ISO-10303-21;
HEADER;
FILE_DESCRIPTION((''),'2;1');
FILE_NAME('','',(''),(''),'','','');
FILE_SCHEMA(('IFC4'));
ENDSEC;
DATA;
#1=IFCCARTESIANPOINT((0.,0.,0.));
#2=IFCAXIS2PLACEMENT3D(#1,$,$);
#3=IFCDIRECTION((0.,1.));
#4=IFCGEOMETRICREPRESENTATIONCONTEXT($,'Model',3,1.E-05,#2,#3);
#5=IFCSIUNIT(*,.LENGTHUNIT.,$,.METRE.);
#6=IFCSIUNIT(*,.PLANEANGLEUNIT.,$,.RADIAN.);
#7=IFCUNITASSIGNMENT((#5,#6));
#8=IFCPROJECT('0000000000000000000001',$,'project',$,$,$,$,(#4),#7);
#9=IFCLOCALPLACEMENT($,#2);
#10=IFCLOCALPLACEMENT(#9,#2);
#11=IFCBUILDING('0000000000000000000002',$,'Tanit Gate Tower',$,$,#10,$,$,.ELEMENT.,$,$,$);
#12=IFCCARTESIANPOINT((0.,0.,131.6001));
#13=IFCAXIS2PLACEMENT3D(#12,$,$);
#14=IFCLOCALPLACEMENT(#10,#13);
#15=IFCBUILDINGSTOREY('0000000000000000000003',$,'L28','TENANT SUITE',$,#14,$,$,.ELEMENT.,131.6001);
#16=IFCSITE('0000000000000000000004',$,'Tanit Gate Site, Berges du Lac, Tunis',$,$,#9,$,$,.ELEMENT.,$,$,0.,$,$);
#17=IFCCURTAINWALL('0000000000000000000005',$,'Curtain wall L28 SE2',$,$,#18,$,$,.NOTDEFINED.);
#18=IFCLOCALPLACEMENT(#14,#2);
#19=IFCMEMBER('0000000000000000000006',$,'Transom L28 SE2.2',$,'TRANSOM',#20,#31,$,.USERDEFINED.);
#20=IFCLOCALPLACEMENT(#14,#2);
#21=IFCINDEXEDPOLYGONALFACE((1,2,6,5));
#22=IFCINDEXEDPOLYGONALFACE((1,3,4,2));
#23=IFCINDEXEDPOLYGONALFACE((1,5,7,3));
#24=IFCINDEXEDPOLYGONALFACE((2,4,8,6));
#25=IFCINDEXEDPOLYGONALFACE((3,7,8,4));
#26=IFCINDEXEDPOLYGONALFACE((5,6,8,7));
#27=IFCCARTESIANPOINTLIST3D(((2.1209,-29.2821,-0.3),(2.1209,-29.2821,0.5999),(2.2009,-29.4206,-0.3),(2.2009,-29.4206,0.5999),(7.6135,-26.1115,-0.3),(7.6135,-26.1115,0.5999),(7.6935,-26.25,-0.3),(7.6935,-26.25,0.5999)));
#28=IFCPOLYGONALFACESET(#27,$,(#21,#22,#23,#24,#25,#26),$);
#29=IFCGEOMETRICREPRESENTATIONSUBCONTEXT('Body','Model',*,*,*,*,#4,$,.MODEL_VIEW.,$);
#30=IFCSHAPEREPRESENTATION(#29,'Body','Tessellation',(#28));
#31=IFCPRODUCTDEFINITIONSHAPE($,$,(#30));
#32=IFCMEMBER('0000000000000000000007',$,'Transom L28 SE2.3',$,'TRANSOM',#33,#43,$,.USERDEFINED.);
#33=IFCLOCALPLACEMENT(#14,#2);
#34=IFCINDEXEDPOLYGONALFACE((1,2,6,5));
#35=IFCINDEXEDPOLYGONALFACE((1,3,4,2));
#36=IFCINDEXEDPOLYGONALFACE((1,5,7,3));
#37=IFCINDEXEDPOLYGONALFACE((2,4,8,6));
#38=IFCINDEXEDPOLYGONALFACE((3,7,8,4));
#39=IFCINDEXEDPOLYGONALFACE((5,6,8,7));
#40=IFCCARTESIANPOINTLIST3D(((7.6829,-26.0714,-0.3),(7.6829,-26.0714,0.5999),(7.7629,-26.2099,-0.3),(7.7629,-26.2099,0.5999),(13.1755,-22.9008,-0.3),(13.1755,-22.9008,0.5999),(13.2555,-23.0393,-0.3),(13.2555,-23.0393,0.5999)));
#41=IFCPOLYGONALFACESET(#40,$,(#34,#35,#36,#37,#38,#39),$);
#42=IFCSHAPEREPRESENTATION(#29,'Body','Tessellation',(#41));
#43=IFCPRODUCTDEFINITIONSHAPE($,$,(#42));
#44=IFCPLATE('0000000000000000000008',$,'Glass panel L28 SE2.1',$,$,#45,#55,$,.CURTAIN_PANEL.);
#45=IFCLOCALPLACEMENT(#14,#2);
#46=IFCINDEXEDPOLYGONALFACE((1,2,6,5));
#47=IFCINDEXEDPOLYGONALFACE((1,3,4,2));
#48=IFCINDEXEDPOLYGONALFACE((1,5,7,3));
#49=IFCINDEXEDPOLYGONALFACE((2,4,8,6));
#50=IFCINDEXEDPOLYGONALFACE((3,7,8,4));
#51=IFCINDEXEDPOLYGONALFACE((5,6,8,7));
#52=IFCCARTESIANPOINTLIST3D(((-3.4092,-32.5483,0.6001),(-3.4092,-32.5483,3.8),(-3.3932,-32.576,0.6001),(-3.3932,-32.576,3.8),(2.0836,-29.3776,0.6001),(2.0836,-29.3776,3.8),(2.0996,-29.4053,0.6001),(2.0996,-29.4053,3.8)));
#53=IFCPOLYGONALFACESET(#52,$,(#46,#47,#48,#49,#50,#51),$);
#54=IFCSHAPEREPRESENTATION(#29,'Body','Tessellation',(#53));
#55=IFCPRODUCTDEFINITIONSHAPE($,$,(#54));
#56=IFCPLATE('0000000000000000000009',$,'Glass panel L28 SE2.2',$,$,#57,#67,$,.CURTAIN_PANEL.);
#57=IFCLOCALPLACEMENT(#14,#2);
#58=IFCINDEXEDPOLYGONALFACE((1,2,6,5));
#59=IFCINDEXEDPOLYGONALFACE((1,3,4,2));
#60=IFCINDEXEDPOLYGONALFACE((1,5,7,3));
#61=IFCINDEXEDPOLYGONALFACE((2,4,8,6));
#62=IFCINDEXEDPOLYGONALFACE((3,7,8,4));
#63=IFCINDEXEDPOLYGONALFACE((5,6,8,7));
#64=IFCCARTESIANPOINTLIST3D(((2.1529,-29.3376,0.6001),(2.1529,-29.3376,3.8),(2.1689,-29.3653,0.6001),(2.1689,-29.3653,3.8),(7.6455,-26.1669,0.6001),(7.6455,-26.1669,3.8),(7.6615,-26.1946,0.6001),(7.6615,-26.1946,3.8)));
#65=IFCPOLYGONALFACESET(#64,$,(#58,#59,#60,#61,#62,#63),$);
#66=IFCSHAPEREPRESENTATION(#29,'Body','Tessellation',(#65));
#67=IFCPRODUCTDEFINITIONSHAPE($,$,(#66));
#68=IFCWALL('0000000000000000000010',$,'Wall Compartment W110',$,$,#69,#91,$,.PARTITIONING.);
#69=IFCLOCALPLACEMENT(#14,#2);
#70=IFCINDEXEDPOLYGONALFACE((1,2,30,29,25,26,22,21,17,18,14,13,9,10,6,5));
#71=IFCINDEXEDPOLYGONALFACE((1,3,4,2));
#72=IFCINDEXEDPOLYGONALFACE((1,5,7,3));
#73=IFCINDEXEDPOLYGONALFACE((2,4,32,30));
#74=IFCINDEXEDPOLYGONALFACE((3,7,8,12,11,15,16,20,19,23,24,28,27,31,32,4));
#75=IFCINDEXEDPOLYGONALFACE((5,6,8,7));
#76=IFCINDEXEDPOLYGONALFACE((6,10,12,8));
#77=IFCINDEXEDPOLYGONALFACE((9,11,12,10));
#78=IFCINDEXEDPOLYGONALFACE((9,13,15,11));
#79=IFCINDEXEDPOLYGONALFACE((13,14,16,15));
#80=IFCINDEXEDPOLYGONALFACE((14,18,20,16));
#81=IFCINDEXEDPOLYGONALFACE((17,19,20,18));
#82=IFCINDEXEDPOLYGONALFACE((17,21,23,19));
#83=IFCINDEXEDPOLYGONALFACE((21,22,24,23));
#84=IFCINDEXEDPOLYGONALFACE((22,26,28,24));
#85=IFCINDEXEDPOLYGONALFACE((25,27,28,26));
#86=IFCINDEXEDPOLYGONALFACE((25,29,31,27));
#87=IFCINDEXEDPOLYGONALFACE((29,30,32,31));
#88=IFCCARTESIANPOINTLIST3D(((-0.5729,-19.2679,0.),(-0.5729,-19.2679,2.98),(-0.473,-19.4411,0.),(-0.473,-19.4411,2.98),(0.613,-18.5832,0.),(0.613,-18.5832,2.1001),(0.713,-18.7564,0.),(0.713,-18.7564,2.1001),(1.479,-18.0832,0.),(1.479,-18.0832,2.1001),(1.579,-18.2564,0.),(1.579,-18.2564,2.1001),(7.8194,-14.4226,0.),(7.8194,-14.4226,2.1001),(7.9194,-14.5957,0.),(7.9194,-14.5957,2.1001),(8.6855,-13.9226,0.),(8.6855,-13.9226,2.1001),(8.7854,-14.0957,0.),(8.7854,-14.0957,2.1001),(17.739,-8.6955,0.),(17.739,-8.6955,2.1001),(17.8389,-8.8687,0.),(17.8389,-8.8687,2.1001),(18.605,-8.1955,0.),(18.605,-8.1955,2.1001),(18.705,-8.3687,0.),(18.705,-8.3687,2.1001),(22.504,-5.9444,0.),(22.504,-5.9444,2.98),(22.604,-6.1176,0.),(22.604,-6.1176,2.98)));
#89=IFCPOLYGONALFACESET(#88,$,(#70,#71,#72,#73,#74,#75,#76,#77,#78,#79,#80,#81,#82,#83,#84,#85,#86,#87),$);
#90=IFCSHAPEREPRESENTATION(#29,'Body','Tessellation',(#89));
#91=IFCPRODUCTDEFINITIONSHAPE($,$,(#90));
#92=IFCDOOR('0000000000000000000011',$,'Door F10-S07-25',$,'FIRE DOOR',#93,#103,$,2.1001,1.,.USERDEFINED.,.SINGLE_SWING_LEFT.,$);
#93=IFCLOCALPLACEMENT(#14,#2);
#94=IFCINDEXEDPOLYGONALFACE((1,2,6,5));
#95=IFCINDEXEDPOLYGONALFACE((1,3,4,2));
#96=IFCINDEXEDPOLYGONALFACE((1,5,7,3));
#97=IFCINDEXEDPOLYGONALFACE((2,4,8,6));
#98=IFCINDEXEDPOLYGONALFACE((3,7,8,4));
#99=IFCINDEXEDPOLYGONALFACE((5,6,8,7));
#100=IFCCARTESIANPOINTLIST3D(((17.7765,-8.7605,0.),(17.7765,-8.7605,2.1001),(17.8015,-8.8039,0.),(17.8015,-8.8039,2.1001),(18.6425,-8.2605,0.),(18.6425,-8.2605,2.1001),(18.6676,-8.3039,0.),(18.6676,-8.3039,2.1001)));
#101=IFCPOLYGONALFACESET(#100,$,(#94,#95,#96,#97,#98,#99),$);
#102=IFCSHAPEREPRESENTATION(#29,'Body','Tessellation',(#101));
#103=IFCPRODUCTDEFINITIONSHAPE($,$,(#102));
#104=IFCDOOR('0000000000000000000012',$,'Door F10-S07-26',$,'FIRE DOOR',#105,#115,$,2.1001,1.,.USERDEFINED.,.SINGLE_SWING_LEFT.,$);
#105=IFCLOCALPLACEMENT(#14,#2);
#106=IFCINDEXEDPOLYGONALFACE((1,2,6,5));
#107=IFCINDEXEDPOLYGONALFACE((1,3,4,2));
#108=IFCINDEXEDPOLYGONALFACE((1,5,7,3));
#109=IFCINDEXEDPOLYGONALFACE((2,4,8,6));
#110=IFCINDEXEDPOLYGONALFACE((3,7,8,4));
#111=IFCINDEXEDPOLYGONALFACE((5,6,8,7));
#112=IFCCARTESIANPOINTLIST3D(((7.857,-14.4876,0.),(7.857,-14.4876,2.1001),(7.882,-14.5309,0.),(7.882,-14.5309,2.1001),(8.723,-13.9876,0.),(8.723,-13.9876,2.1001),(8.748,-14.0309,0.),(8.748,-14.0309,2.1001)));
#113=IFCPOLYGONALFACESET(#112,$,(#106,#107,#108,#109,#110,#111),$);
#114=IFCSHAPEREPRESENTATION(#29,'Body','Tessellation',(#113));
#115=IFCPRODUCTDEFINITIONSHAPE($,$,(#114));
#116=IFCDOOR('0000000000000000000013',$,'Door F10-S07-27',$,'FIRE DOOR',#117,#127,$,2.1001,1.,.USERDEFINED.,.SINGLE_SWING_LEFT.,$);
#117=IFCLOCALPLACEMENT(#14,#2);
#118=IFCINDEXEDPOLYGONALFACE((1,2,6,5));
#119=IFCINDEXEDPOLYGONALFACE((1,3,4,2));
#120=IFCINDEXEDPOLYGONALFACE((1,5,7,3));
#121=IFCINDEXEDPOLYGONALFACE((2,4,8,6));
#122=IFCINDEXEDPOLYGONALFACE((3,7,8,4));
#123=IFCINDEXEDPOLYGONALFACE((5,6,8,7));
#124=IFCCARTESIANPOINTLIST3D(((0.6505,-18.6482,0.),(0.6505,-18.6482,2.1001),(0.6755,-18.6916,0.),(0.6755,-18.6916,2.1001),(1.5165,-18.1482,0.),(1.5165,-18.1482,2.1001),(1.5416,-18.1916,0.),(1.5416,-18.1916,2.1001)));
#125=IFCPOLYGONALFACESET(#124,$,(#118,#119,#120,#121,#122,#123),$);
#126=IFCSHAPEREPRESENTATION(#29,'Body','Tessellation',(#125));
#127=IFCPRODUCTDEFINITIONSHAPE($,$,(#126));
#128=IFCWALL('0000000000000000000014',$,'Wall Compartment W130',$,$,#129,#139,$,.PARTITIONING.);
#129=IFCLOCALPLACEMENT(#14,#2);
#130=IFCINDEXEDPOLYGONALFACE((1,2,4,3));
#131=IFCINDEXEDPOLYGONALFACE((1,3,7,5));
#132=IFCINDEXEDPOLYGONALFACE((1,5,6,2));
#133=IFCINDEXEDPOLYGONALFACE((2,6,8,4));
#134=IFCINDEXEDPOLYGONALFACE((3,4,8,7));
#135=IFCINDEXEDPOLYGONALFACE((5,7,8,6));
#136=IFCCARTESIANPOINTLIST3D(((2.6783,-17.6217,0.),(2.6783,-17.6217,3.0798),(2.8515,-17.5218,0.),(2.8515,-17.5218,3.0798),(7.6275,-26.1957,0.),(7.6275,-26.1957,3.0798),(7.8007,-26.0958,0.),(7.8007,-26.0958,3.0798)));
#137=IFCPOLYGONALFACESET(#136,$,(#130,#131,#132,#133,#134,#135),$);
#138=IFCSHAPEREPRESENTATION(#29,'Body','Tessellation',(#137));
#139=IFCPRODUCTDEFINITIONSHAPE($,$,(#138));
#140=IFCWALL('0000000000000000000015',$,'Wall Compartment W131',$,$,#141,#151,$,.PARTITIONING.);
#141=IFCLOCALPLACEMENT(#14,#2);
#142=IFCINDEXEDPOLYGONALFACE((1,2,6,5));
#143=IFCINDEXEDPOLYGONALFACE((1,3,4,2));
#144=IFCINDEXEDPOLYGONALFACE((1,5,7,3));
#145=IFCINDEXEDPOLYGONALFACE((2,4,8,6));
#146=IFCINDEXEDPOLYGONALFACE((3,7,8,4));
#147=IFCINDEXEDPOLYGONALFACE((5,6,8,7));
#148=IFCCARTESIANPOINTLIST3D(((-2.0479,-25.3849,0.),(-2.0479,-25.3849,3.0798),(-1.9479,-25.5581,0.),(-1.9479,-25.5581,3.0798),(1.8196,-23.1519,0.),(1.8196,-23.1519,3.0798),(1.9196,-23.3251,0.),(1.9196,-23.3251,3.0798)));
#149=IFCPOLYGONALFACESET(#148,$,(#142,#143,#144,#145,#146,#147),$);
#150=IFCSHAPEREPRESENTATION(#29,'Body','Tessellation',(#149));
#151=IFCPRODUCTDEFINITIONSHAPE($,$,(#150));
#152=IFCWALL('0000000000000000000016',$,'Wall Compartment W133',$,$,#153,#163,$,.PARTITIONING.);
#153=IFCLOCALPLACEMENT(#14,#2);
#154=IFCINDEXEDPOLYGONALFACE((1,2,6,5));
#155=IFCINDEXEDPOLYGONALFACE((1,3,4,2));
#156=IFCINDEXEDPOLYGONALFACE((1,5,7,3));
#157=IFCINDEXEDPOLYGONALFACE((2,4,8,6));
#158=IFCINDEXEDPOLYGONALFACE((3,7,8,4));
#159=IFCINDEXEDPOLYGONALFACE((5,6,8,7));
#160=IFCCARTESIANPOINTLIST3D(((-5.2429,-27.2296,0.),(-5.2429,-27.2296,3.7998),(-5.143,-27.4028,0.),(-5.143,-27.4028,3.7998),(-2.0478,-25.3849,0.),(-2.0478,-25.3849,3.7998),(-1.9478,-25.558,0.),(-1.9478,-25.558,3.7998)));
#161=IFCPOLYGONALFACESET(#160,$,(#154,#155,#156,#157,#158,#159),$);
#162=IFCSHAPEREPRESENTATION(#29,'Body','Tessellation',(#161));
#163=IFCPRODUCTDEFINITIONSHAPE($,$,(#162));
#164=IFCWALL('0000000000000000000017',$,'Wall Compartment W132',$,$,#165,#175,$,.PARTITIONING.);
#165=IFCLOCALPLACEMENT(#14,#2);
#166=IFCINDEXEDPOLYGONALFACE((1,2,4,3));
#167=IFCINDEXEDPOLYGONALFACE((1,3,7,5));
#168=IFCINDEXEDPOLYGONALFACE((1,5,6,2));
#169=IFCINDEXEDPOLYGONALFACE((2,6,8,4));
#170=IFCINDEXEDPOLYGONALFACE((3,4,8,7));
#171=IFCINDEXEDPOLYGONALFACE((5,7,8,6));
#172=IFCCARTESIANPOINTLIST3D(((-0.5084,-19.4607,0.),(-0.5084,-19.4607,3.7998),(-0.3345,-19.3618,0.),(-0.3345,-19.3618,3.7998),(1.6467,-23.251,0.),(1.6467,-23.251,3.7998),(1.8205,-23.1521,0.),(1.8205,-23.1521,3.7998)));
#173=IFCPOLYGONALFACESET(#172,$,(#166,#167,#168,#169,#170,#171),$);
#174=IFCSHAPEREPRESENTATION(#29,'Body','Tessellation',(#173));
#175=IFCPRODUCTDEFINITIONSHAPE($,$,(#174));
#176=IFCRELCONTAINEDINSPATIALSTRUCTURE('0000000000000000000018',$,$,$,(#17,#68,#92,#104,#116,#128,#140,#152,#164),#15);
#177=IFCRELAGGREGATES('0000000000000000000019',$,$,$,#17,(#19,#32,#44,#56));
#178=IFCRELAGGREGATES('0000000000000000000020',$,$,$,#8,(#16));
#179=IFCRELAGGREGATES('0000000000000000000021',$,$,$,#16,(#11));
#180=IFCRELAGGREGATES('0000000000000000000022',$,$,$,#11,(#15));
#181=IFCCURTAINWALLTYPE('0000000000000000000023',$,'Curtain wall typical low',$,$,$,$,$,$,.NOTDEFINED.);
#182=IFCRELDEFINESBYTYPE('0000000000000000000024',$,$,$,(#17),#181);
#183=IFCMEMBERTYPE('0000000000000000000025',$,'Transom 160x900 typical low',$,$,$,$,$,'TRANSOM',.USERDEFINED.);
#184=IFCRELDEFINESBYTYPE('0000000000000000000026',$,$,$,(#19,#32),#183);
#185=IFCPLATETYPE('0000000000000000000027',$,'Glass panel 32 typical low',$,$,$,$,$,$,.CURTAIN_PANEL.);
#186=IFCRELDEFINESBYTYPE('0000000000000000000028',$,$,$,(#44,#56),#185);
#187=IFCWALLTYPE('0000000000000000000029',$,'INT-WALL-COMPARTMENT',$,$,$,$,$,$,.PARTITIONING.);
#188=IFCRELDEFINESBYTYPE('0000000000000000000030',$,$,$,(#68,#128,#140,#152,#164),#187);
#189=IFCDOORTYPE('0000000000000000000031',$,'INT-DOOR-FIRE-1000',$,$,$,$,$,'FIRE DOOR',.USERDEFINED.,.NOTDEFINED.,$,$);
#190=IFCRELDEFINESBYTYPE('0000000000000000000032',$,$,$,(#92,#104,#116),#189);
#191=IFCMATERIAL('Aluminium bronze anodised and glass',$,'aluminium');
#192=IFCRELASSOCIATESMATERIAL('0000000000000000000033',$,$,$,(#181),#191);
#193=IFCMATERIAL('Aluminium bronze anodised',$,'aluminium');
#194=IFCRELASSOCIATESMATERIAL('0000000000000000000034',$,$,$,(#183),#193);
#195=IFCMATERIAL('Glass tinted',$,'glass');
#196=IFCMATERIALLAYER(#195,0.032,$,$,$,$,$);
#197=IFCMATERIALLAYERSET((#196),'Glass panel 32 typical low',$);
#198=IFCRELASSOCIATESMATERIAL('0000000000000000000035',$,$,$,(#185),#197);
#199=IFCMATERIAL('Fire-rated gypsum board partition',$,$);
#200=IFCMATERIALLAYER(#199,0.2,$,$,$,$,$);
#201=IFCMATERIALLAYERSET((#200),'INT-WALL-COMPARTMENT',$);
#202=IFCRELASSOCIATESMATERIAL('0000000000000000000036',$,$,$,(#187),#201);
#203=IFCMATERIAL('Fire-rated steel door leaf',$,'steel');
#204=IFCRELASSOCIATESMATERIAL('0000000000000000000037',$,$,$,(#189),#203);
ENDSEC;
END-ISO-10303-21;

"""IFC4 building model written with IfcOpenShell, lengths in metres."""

from ifc_helpers import new_model, si_unit, direction, frame, frame_2d, origin, origin_2d, place, context, subcontext, project, spatial, rectangle, extrude, material, layer, layer_set, material_profile, profile_set, type_object, element, fill, aggregate, save


model = new_model("IFC4")

# Units and contexts
model_context = context("Model", 3, precision=1e-05, world=origin(), true_north=direction((0.0, 1.0)))
body_context = subcontext(model_context, "Body", "Model", "MODEL_VIEW")
ifc_project = project(units=[si_unit("LENGTHUNIT", "METRE"), si_unit("PLANEANGLEUNIT", "RADIAN")], contexts=[model_context])

# Site, building, storey
site_placement = place(None, origin())
site = spatial("IfcSite", under=ifc_project, at=site_placement, Name="Tanit Gate Site, Berges du Lac, Tunis", CompositionType="ELEMENT", RefElevation=0.0)
building_placement = place(site_placement, origin())
building = spatial("IfcBuilding", under=site, at=building_placement, Name="Tanit Gate Tower", CompositionType="ELEMENT")
storey_placement = place(building_placement, frame((0.0, 0.0, 131.6001)))
storey = spatial("IfcBuildingStorey", under=building, at=storey_placement, Name="L28", Description="TENANT SUITE", CompositionType="ELEMENT", Elevation=131.6001)

# Curtain wall
ifc_material_1 = material(Name="Aluminium bronze anodised and glass", Category="aluminium")
curtain_wall_type = type_object("IfcCurtainWallType", Name="Curtain wall typical low", PredefinedType="NOTDEFINED", material=ifc_material_1)
curtain_wall_1_placement = place(storey_placement, origin())
curtain_wall_1 = element("IfcCurtainWall", 1, at=curtain_wall_1_placement, inside=storey, type_object=curtain_wall_type, Name="Curtain wall L28 SE2", PredefinedType="NOTDEFINED")

# Members
ifc_material_2 = material(Name="Aluminium bronze anodised", Category="aluminium")
ifc_material_profile_1 = material_profile(ifc_material_2, rectangle(XDim=0.1599, YDim=0.8999, at=origin_2d()), Name="160x900 bronze transom")
ifc_profile_set_1 = profile_set([ifc_material_profile_1], Name="Aluminium bronze anodised")
member_type_1 = type_object("IfcMemberType", Name="Transom 160x900 typical low", ElementType="TRANSOM", PredefinedType="USERDEFINED", material=ifc_profile_set_1)
member_1_placement = place(storey_placement, frame((2.1609, -29.3513, 0.1499), z_axis=(0.866063, 0.499936, 0.0), x_axis=(-0.499936, 0.866063, 0.0)))
member_1 = element("IfcMember", 2, at=member_1_placement, type_object=member_type_1, Name="Transom L28 SE2.2", ObjectType="TRANSOM", PredefinedType="USERDEFINED", context=body_context, shape_type="SweptSolid", body=[
    extrude(rectangle(XDim=0.1599, YDim=0.8999, at=origin_2d()), origin(), (0.0, 0.0, 1.0), 6.342),
])
member_2_placement = place(storey_placement, frame((7.7229, -26.1406, 0.1499), z_axis=(0.866063, 0.499936, 0.0), x_axis=(-0.499936, 0.866063, 0.0)))
member_2 = element("IfcMember", 3, at=member_2_placement, type_object=member_type_1, Name="Transom L28 SE2.3", ObjectType="TRANSOM", PredefinedType="USERDEFINED", context=body_context, shape_type="SweptSolid", body=[
    extrude(rectangle(XDim=0.1599, YDim=0.8999, at=origin_2d()), origin(), (0.0, 0.0, 1.0), 6.342),
])

# Plates
ifc_material_3 = material(Name="Glass tinted", Category="glass")
ifc_layer_1 = layer(ifc_material_3, 0.032)
ifc_layer_set_1 = layer_set([ifc_layer_1], Name="Glass panel 32 typical low")
plate_type = type_object("IfcPlateType", Name="Glass panel 32 typical low", PredefinedType="CURTAIN_PANEL", material=ifc_layer_set_1)
plate_1_placement = place(storey_placement, frame((-0.6548, -30.9768, 0.6001), z_axis=(0.0, 0.0, 1.0), x_axis=(0.86606, 0.49994, 0.0)))
plate_1 = element("IfcPlate", 4, at=plate_1_placement, type_object=plate_type, Name="Glass panel L28 SE2.1", PredefinedType="CURTAIN_PANEL", context=body_context, shape_type="SweptSolid", body=[
    extrude(rectangle(XDim=6.3423, YDim=0.032, at=origin_2d()), origin(), (0.0, 0.0, 1.0), 3.2),
])
plate_2_placement = place(storey_placement, frame((4.9072, -27.7661, 0.6001), z_axis=(0.0, 0.0, 1.0), x_axis=(0.86606, 0.49994, 0.0)))
plate_2 = element("IfcPlate", 5, at=plate_2_placement, type_object=plate_type, Name="Glass panel L28 SE2.2", PredefinedType="CURTAIN_PANEL", context=body_context, shape_type="SweptSolid", body=[
    extrude(rectangle(XDim=6.342, YDim=0.032, at=origin_2d()), origin(), (0.0, 0.0, 1.0), 3.2),
])
aggregate(curtain_wall_1, [member_1, member_2, plate_1, plate_2])

# Wall, openings, doors
ifc_material_4 = material(Name="Fire-rated gypsum board partition")
ifc_layer_2 = layer(ifc_material_4, 0.2)
ifc_layer_set_2 = layer_set([ifc_layer_2], Name="INT-WALL-COMPARTMENT")
wall_type_1 = type_object("IfcWallType", Name="INT-WALL-COMPARTMENT", PredefinedType="PARTITIONING", material=ifc_layer_set_2)
wall_1_placement = place(storey_placement, frame((-0.5229, -19.3545, 0.0), z_axis=(0.0, 0.0, 1.0), x_axis=(0.866025, 0.500001, 0.0)))
wall_1 = element("IfcWall", 6, at=wall_1_placement, inside=storey, type_object=wall_type_1, Name="Wall Compartment W110", PredefinedType="PARTITIONING", context=body_context, shape_type="SweptSolid", body=[
    extrude(rectangle(XDim=26.647, YDim=0.2, at=frame_2d((13.3235, 0.0))), origin(), (0.0, 0.0, 1.0), 2.98),
])
opening_1_placement = place(wall_1_placement, frame((21.1448, 0.0, 0.0)))
opening_1 = element("IfcOpeningElement", 7, at=opening_1_placement, cuts=wall_1, PredefinedType="OPENING", context=body_context, shape_type="SweptSolid", body=[
    extrude(rectangle(XDim=1.0, YDim=2.1001, at=frame_2d((0.5, 1.05))), frame((0.0, 0.1099, 0.0), z_axis=(0.0, -1.0, 0.0), x_axis=(1.0, 0.0, 0.0)), (0.0, 0.0, 1.0), 0.22),
])
opening_2_placement = place(wall_1_placement, frame((9.6907, 0.0, 0.0)))
opening_2 = element("IfcOpeningElement", 8, at=opening_2_placement, cuts=wall_1, PredefinedType="OPENING", context=body_context, shape_type="SweptSolid", body=[
    extrude(rectangle(XDim=1.0, YDim=2.1001, at=frame_2d((0.5, 1.05))), frame((0.0, 0.1099, 0.0), z_axis=(0.0, -1.0, 0.0), x_axis=(1.0, 0.0, 0.0)), (0.0, 0.0, 1.0), 0.22),
])
opening_3_placement = place(wall_1_placement, frame((1.3694, 0.0, 0.0)))
opening_3 = element("IfcOpeningElement", 9, at=opening_3_placement, cuts=wall_1, PredefinedType="OPENING", context=body_context, shape_type="SweptSolid", body=[
    extrude(rectangle(XDim=1.0, YDim=2.1001, at=frame_2d((0.5, 1.05))), frame((0.0, 0.1099, 0.0), z_axis=(0.0, -1.0, 0.0), x_axis=(1.0, 0.0, 0.0)), (0.0, 0.0, 1.0), 0.22),
])
ifc_material_5 = material(Name="Fire-rated steel door leaf", Category="steel")
door_type = type_object("IfcDoorType", Name="INT-DOOR-FIRE-1000", ElementType="FIRE DOOR", OperationType="NOTDEFINED", PredefinedType="USERDEFINED", material=ifc_material_5)
door_1_placement = place(opening_1_placement, origin())
door_1 = element("IfcDoor", 10, at=door_1_placement, inside=storey, type_object=door_type, Name="Door F10-S07-25", ObjectType="FIRE DOOR", OperationType="SINGLE_SWING_LEFT", OverallHeight=2.1001, OverallWidth=1.0, PredefinedType="USERDEFINED", context=body_context, shape_type="SweptSolid", body=[
    extrude(rectangle(XDim=1.0, YDim=2.1001, at=frame_2d((0.5, 1.05))), frame((0.0, 0.0249, 0.0), z_axis=(0.0, -1.0, 0.0), x_axis=(1.0, 0.0, 0.0)), (0.0, 0.0, 1.0), 0.05),
])
fill(opening_1, door_1)
door_2_placement = place(opening_2_placement, origin())
door_2 = element("IfcDoor", 11, at=door_2_placement, inside=storey, type_object=door_type, Name="Door F10-S07-26", ObjectType="FIRE DOOR", OperationType="SINGLE_SWING_LEFT", OverallHeight=2.1001, OverallWidth=1.0, PredefinedType="USERDEFINED", context=body_context, shape_type="SweptSolid", body=[
    extrude(rectangle(XDim=1.0, YDim=2.1001, at=frame_2d((0.5, 1.05))), frame((0.0, 0.0249, 0.0), z_axis=(0.0, -1.0, 0.0), x_axis=(1.0, 0.0, 0.0)), (0.0, 0.0, 1.0), 0.05),
])
fill(opening_2, door_2)
door_3_placement = place(opening_3_placement, origin())
door_3 = element("IfcDoor", 12, at=door_3_placement, inside=storey, type_object=door_type, Name="Door F10-S07-27", ObjectType="FIRE DOOR", OperationType="SINGLE_SWING_LEFT", OverallHeight=2.1001, OverallWidth=1.0, PredefinedType="USERDEFINED", context=body_context, shape_type="SweptSolid", body=[
    extrude(rectangle(XDim=1.0, YDim=2.1001, at=frame_2d((0.5, 1.05))), frame((0.0, 0.0249, 0.0), z_axis=(0.0, -1.0, 0.0), x_axis=(1.0, 0.0, 0.0)), (0.0, 0.0, 1.0), 0.05),
])
fill(opening_3, door_3)

# Walls
wall_2_placement = place(storey_placement, frame((7.7141, -26.1458, 0.0), z_axis=(0.0, 0.0, 1.0), x_axis=(-0.499927, 0.866068, 0.0)))
element("IfcWall", 13, at=wall_2_placement, inside=storey, type_object=wall_type_1, Name="Wall Compartment W130", PredefinedType="PARTITIONING", context=body_context, shape_type="SweptSolid", body=[
    extrude(rectangle(XDim=9.8999, YDim=0.2, at=frame_2d((4.95, 0.0))), origin(), (0.0, 0.0, 1.0), 3.0798),
])
wall_3_placement = place(storey_placement, frame((1.8696, -23.2385, 0.0), z_axis=(0.0, 0.0, 1.0), x_axis=(-0.866021, -0.500008, 0.0)))
element("IfcWall", 14, at=wall_3_placement, inside=storey, type_object=wall_type_1, Name="Wall Compartment W131", PredefinedType="PARTITIONING", context=body_context, shape_type="SweptSolid", body=[
    extrude(rectangle(XDim=4.4658, YDim=0.2, at=frame_2d((2.2329, 0.0))), origin(), (0.0, 0.0, 1.0), 3.0798),
])
wall_4_placement = place(storey_placement, frame((-1.9978, -25.4714, 0.0), z_axis=(0.0, 0.0, 1.0), x_axis=(-0.866019, -0.500011, 0.0)))
element("IfcWall", 15, at=wall_4_placement, inside=storey, type_object=wall_type_1, Name="Wall Compartment W133", PredefinedType="PARTITIONING", context=body_context, shape_type="SweptSolid", body=[
    extrude(rectangle(XDim=3.6895, YDim=0.2, at=frame_2d((1.8447, 0.0))), origin(), (0.0, 0.0, 1.0), 3.7998),
])
wall_5_placement = place(storey_placement, frame((1.7336, -23.2017, 0.0), z_axis=(0.0, 0.0, 1.0), x_axis=(-0.494262, 0.869313, 0.0)))
element("IfcWall", 16, at=wall_5_placement, inside=storey, type_object=wall_type_1, Name="Wall Compartment W132", PredefinedType="PARTITIONING", context=body_context, shape_type="SweptSolid", body=[
    extrude(rectangle(XDim=4.3601, YDim=0.2, at=frame_2d((2.1802, 0.0))), origin(), (0.0, 0.0, 1.0), 3.7998),
])

save(model, "model.ifc")
